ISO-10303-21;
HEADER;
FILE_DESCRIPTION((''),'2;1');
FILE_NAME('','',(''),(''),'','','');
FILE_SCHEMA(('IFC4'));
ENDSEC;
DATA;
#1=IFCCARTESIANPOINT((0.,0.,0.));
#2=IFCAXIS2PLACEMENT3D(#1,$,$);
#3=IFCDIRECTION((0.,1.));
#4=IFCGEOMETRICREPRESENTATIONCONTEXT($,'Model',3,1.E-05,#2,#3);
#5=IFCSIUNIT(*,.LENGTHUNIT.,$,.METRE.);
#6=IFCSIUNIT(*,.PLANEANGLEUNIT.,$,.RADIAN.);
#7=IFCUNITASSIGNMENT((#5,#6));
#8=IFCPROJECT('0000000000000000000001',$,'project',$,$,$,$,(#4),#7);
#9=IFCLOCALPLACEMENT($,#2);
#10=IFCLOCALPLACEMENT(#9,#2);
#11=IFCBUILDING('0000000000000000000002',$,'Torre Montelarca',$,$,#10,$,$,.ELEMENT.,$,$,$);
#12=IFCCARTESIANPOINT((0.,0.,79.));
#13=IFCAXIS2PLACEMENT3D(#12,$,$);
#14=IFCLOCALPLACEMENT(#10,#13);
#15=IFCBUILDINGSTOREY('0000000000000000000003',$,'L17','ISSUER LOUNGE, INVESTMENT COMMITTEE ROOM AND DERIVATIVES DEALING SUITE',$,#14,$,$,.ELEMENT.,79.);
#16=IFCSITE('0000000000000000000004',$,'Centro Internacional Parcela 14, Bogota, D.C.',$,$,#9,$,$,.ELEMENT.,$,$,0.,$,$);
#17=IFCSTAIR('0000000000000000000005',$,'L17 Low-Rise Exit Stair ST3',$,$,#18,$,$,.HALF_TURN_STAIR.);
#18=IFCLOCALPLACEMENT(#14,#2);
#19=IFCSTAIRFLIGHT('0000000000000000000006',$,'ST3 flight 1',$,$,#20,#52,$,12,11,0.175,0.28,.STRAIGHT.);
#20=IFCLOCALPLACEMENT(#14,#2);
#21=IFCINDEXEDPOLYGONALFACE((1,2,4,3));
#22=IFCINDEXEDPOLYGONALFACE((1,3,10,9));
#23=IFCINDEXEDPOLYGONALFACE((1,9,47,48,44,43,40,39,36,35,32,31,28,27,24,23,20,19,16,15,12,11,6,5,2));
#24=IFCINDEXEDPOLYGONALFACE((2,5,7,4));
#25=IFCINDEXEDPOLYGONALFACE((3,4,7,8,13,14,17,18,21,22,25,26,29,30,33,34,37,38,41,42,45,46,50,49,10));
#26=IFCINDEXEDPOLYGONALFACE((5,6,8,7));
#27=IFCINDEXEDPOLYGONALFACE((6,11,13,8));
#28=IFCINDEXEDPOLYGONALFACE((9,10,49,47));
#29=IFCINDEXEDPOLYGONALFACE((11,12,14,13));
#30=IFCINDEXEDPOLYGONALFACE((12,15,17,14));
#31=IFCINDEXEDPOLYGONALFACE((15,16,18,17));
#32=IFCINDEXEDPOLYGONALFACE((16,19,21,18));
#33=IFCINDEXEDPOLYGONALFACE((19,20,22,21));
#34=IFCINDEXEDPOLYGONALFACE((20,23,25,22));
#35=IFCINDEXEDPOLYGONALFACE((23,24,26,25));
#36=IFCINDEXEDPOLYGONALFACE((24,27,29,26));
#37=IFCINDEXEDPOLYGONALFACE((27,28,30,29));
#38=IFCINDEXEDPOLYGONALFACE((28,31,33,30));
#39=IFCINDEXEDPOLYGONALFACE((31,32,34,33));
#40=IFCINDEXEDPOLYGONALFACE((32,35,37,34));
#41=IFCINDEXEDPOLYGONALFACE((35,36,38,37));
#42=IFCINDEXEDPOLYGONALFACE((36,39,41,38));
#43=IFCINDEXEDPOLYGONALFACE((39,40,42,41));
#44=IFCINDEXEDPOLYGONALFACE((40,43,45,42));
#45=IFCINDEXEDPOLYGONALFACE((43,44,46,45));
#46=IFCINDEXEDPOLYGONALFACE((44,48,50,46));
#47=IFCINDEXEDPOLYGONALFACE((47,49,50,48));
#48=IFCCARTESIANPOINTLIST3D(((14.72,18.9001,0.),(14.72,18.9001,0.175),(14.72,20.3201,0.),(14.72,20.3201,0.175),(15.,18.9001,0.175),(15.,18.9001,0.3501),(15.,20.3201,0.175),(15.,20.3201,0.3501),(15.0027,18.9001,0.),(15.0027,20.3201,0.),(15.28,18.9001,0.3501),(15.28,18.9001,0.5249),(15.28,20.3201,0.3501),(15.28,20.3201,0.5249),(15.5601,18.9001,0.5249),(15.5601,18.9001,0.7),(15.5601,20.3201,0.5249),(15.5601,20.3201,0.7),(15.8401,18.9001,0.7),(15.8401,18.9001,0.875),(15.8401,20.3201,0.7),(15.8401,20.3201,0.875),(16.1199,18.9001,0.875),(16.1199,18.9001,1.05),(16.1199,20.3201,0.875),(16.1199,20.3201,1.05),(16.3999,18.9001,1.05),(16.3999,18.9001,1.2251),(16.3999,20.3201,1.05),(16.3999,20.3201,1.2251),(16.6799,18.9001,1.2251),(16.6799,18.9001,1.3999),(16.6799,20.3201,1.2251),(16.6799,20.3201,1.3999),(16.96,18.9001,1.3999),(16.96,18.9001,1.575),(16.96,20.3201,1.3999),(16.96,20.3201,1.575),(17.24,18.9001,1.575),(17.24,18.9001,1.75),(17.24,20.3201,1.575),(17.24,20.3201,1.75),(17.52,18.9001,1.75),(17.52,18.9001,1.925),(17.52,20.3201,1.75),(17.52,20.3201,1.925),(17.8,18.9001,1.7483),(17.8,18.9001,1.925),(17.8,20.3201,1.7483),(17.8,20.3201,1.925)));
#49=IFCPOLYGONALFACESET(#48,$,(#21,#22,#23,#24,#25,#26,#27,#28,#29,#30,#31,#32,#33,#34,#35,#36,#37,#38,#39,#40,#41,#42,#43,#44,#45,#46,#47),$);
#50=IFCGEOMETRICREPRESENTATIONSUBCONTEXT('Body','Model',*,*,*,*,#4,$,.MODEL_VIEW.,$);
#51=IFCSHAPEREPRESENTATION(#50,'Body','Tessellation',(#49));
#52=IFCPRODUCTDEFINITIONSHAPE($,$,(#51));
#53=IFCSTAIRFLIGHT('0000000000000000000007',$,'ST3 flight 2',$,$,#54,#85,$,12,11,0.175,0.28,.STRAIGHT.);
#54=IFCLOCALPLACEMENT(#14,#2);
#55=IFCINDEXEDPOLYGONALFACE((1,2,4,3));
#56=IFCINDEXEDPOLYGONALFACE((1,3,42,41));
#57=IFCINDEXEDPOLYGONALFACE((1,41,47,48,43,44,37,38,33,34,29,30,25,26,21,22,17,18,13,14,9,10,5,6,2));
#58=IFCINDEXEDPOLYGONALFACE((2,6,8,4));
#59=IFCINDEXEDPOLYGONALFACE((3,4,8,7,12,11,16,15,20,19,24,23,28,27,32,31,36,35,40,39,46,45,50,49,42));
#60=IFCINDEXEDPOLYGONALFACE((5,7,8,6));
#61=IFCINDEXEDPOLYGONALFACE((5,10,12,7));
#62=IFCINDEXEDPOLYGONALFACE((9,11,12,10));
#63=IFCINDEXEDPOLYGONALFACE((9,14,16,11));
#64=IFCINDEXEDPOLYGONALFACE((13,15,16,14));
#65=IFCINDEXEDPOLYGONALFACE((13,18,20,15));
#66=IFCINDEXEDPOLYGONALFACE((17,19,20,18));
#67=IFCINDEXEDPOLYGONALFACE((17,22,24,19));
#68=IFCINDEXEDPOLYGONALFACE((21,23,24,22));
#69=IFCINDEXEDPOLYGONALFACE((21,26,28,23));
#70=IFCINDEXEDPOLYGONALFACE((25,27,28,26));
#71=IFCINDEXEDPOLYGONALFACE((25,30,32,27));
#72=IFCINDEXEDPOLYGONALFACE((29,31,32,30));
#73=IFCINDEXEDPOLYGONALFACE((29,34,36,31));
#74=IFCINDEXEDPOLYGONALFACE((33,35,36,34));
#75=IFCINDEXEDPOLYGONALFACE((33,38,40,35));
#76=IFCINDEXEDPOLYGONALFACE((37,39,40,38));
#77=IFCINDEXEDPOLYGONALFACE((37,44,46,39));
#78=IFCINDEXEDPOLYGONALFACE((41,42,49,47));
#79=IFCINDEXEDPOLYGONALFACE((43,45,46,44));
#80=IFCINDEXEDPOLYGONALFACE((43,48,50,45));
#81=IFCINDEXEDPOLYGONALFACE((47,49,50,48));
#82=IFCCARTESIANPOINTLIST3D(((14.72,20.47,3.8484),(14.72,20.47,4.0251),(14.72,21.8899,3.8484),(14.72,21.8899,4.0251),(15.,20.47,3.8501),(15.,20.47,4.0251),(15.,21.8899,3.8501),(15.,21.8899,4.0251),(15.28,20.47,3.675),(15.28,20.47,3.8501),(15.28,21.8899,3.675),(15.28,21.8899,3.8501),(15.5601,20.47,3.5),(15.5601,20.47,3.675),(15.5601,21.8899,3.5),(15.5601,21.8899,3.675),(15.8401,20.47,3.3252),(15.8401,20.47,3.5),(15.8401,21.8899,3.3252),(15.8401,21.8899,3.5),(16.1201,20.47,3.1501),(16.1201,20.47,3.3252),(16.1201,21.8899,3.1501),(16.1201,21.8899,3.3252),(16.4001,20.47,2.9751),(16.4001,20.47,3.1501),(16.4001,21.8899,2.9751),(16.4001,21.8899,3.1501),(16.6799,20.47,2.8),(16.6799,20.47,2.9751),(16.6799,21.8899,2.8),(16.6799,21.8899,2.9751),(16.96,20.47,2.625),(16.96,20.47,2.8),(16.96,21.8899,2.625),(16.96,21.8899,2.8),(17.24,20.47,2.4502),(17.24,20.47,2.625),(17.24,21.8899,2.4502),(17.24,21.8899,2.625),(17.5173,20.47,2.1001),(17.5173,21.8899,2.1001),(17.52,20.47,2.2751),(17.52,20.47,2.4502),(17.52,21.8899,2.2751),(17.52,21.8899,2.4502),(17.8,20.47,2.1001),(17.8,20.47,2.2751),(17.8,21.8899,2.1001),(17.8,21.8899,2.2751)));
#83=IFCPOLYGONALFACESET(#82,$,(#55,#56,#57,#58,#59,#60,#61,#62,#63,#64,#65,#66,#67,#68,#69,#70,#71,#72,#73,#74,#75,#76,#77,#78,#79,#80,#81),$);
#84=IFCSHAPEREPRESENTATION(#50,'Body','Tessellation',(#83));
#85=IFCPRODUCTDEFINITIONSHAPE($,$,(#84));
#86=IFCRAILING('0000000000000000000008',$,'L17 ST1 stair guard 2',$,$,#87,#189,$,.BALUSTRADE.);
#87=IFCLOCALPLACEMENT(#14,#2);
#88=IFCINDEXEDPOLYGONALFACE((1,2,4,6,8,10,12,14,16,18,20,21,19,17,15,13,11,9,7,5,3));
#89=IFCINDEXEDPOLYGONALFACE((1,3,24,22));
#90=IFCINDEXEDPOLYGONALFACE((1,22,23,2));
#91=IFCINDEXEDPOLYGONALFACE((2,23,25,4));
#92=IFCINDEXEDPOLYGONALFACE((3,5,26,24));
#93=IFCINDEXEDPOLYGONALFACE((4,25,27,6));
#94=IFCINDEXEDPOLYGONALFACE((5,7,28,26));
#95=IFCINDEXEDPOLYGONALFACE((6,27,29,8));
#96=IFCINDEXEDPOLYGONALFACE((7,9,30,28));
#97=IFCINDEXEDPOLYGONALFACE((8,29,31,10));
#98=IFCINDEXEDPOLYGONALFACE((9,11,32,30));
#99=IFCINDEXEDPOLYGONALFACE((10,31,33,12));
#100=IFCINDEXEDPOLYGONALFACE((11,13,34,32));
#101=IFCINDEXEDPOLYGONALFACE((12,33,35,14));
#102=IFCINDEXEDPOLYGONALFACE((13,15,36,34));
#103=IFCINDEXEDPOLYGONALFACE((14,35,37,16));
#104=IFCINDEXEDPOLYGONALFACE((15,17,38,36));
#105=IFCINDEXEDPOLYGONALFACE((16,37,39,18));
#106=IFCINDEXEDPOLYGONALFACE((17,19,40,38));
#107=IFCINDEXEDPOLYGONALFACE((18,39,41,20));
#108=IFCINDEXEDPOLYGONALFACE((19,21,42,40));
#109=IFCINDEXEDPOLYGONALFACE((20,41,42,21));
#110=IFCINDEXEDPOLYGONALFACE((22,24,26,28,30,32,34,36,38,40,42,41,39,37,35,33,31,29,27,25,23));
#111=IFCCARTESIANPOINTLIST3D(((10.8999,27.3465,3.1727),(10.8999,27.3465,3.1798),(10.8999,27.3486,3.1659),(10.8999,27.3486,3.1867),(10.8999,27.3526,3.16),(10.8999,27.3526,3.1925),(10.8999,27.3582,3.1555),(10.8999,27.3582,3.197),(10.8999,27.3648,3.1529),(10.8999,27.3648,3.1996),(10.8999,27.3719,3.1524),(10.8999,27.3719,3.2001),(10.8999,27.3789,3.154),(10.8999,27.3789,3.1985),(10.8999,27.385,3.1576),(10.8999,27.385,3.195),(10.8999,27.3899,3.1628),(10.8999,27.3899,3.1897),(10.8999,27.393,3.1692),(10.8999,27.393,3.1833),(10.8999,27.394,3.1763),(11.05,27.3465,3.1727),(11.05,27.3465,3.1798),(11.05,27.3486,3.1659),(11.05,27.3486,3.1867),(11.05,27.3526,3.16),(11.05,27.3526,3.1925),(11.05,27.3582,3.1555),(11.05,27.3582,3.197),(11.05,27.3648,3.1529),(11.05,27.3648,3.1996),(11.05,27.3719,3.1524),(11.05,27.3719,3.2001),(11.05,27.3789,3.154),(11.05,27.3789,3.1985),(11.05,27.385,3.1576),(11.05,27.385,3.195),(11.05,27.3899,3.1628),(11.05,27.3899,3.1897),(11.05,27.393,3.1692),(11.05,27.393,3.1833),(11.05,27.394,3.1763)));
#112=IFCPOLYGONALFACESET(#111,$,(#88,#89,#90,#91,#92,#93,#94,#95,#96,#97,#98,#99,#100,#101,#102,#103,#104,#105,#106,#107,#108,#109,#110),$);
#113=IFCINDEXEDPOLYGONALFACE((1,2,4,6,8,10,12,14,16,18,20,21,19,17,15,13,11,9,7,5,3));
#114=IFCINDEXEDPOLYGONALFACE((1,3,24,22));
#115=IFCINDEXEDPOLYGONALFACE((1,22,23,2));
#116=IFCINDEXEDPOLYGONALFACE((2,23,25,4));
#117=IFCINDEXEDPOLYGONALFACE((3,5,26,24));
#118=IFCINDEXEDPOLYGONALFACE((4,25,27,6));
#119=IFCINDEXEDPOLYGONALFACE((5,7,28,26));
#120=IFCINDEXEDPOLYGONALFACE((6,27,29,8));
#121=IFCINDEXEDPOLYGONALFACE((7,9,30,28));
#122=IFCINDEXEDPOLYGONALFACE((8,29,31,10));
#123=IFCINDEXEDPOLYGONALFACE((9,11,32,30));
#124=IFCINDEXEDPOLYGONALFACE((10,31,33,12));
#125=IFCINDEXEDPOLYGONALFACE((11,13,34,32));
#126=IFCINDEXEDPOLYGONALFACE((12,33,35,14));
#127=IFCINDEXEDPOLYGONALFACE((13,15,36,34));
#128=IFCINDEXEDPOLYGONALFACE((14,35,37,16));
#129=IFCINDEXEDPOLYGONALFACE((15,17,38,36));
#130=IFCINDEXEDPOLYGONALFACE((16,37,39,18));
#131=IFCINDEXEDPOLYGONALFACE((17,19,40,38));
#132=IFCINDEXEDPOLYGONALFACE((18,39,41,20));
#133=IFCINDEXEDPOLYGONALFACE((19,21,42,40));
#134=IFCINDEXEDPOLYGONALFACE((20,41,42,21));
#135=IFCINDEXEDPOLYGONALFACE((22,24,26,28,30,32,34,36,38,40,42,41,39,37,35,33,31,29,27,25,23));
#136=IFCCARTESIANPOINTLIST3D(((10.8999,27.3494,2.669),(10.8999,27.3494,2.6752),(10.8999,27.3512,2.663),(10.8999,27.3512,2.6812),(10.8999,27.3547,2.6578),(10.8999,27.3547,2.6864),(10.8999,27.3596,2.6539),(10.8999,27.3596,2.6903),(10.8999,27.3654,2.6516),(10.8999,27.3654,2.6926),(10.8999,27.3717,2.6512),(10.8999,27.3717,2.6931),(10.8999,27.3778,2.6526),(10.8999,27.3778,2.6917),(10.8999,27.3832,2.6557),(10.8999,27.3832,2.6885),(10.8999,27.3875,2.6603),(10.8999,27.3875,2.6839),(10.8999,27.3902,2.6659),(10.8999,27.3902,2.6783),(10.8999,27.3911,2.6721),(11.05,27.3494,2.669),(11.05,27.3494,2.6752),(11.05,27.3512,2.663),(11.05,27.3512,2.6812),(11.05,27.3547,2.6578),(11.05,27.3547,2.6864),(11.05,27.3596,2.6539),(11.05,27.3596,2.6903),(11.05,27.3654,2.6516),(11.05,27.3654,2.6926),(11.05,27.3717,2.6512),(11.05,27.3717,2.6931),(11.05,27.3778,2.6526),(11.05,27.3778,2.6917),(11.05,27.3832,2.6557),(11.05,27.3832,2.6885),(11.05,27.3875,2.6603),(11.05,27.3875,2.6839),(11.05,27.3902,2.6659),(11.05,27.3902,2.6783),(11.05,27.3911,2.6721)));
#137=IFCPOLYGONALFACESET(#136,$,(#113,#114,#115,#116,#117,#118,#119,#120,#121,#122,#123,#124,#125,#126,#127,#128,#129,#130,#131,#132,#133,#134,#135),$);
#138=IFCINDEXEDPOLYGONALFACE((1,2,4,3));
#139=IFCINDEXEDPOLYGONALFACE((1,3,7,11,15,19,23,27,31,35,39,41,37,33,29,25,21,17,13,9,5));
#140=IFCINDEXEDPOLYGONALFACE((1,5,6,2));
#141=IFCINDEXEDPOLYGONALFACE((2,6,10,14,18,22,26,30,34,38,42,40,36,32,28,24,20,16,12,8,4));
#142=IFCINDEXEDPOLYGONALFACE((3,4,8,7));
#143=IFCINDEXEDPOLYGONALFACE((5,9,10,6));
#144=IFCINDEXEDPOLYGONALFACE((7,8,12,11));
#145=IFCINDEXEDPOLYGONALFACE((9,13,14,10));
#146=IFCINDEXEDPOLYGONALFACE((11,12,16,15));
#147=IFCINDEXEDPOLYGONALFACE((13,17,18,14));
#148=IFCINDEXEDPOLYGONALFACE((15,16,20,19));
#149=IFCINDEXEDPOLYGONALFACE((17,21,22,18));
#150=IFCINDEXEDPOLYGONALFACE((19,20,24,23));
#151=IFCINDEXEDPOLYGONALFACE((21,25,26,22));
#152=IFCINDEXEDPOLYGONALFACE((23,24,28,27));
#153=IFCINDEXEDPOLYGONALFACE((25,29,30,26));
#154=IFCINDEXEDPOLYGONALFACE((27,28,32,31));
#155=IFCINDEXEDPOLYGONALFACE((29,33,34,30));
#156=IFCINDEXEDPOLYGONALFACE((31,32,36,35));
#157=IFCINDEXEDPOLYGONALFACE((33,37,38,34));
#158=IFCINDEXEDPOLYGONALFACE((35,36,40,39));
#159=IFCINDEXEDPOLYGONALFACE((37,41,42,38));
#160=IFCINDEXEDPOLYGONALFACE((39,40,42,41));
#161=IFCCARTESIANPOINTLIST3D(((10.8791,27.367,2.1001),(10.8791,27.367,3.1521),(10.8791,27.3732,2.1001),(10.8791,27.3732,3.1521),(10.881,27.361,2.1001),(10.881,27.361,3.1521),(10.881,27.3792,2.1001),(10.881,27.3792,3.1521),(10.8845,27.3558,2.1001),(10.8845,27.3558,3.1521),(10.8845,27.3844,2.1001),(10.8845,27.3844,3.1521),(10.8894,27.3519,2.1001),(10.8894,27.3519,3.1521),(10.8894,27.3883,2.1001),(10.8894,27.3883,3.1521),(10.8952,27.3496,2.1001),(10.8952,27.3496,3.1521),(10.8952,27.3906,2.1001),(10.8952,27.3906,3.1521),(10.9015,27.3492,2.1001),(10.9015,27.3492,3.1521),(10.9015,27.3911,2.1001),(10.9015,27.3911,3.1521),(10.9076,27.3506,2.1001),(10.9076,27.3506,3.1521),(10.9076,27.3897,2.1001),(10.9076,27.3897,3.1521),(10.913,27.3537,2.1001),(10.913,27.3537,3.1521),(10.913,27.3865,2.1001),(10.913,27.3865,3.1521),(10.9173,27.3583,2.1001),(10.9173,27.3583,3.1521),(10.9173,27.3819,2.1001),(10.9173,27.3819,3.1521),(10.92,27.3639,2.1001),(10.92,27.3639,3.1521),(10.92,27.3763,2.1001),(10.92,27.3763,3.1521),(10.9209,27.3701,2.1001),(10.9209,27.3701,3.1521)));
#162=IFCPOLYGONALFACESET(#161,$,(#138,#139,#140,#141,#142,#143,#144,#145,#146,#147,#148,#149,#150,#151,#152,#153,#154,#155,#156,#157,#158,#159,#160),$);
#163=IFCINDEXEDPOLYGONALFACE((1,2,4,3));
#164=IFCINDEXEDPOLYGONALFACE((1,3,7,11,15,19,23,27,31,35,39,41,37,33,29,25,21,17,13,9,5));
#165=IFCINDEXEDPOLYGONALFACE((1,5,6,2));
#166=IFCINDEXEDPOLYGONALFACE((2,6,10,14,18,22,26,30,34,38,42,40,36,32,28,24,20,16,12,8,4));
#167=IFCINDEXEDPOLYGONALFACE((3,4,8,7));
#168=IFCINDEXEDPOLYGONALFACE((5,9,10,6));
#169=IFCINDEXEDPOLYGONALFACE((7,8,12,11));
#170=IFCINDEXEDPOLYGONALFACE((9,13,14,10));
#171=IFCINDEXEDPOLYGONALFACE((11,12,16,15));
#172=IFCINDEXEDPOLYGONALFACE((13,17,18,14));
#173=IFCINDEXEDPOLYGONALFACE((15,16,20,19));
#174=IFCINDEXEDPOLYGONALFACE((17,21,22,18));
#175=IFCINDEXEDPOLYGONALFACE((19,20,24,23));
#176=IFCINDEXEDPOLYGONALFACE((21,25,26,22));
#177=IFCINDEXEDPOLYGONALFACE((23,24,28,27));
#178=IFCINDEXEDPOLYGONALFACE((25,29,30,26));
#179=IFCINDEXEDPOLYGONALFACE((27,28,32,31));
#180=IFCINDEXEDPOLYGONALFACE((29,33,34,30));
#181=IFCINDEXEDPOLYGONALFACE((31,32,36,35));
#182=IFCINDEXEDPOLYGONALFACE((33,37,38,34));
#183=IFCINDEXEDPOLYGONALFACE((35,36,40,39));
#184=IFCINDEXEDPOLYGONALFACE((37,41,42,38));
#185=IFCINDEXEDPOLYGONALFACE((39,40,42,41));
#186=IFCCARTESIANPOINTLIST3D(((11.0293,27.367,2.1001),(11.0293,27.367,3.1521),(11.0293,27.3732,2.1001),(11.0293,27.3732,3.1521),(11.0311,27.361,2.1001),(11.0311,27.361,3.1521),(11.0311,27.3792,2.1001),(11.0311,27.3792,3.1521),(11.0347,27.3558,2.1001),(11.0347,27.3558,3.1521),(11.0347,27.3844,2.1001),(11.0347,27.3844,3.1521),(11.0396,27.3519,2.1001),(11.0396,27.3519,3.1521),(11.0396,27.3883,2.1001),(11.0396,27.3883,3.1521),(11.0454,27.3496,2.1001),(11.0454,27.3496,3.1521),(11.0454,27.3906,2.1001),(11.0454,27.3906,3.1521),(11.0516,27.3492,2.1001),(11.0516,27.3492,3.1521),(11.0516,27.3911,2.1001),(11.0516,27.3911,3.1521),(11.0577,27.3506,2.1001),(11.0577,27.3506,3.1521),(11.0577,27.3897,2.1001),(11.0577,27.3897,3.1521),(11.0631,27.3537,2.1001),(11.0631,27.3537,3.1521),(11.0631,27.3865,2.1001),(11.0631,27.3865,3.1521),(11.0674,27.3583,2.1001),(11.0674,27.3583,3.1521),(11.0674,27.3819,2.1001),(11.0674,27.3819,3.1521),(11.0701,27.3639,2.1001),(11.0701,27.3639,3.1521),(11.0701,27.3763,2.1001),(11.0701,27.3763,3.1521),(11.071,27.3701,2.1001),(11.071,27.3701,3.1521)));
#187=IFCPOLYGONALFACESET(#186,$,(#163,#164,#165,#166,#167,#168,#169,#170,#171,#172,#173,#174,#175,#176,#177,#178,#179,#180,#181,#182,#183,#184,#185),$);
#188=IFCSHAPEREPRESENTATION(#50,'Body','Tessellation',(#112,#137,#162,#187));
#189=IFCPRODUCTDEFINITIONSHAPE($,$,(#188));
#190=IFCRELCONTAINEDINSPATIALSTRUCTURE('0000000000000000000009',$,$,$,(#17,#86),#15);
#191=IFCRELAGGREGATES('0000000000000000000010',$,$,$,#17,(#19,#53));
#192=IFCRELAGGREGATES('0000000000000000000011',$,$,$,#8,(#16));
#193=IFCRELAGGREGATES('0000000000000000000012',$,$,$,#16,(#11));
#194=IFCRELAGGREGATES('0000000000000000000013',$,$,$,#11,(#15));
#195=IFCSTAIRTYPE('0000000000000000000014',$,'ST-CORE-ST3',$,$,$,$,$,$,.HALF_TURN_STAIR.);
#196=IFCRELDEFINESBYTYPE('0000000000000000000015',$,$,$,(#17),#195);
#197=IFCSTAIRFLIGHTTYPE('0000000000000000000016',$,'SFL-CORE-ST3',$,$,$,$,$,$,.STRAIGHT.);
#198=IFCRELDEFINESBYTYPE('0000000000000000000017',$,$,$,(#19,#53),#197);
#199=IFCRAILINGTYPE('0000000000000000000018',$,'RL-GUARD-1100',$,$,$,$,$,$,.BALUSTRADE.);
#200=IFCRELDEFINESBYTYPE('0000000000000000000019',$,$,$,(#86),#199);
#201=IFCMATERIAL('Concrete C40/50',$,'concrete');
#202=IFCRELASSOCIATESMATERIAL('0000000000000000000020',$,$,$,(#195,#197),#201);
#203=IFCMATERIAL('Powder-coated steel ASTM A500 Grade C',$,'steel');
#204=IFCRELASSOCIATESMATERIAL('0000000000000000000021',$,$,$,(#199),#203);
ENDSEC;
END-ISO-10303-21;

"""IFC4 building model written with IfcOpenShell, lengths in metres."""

from ifc_helpers import new_model, si_unit, direction, frame, origin, origin_2d, place, context, subcontext, project, spatial, polyline, circle, outline, extrude, material, type_object, element, aggregate, save


model = new_model("IFC4")

# Units and contexts
model_context = context("Model", 3, precision=1e-05, world=origin(), true_north=direction((0.0, 1.0)))
body_context = subcontext(model_context, "Body", "Model", "MODEL_VIEW")
ifc_project = project(units=[si_unit("LENGTHUNIT", "METRE"), si_unit("PLANEANGLEUNIT", "RADIAN")], contexts=[model_context])

# Site, building, storey
site_placement = place(None, origin())
site = spatial("IfcSite", under=ifc_project, at=site_placement, Name="Centro Internacional Parcela 14, Bogota, D.C.", CompositionType="ELEMENT", RefElevation=0.0)
building_placement = place(site_placement, origin())
building = spatial("IfcBuilding", under=site, at=building_placement, Name="Torre Montelarca", CompositionType="ELEMENT")
storey_placement = place(building_placement, frame((0.0, 0.0, 79.0)))
storey = spatial("IfcBuildingStorey", under=building, at=storey_placement, Name="L17", Description="ISSUER LOUNGE, INVESTMENT COMMITTEE ROOM AND DERIVATIVES DEALING SUITE", CompositionType="ELEMENT", Elevation=79.0)

# Shared definitions
ifc_material_1 = material(Name="Concrete C40/50", Category="concrete")

# Stair, stair flights
stair_type = type_object("IfcStairType", Name="ST-CORE-ST3", PredefinedType="HALF_TURN_STAIR", material=ifc_material_1)
stair_placement = place(storey_placement, origin())
stair = element("IfcStair", 1, at=stair_placement, inside=storey, type_object=stair_type, Name="L17 Low-Rise Exit Stair ST3", PredefinedType="HALF_TURN_STAIR")
stair_flight_type = type_object("IfcStairFlightType", Name="SFL-CORE-ST3", PredefinedType="STRAIGHT", material=ifc_material_1)
stair_flight_1_placement = place(storey_placement, frame((14.72, 19.6101, 0.0), z_axis=(0.0, 0.0, 1.0), x_axis=(1.0, 0.0, 0.0)))
stair_flight_1 = element("IfcStairFlight", 2, at=stair_flight_1_placement, type_object=stair_flight_type, Name="ST3 flight 1", NumberOfRisers=12, NumberOfTreads=11, PredefinedType="STRAIGHT", RiserHeight=0.175, TreadLength=0.28, context=body_context, shape_type="SweptSolid", body=[
    extrude(outline(polyline([(0.0, 0.0), (0.0, 0.175), (0.28, 0.175), (0.28, 0.3501), (0.5601, 0.3501), (0.5601, 0.5249), (0.8401, 0.5249), (0.8401, 0.7), (1.1201, 0.7), (1.1201, 0.875), (1.3999, 0.875), (1.3999, 1.05), (1.6799, 1.05), (1.6799, 1.2251), (1.96, 1.2251), (1.96, 1.3999), (2.24, 1.3999), (2.24, 1.575), (2.52, 1.575), (2.52, 1.75), (2.8, 1.75), (2.8, 1.925), (3.0801, 1.925), (3.0801, 2.1001), (3.0801, 1.7483), (0.2827, 0.0), (0.0, 0.0)])), frame((0.0, 0.71, 0.0), z_axis=(0.0, -1.0, 0.0), x_axis=(1.0, 0.0, 0.0)), (0.0, 0.0, 1.0), 1.4199),
])
stair_flight_2_placement = place(storey_placement, frame((17.8, 21.1799, 2.1001), z_axis=(0.0, 0.0, 1.0), x_axis=(-1.0, 0.0, 0.0)))
stair_flight_2 = element("IfcStairFlight", 3, at=stair_flight_2_placement, type_object=stair_flight_type, Name="ST3 flight 2", NumberOfRisers=12, NumberOfTreads=11, PredefinedType="STRAIGHT", RiserHeight=0.175, TreadLength=0.28, context=body_context, shape_type="SweptSolid", body=[
    extrude(outline(polyline([(0.0, 0.0), (0.0, 0.175), (0.28, 0.175), (0.28, 0.3501), (0.5601, 0.3501), (0.5601, 0.5249), (0.8401, 0.5249), (0.8401, 0.7), (1.1201, 0.7), (1.1201, 0.875), (1.3999, 0.875), (1.3999, 1.05), (1.6799, 1.05), (1.6799, 1.2251), (1.96, 1.2251), (1.96, 1.3999), (2.24, 1.3999), (2.24, 1.575), (2.52, 1.575), (2.52, 1.75), (2.8, 1.75), (2.8, 1.925), (3.0801, 1.925), (3.0801, 2.1001), (3.0801, 1.7483), (0.2827, 0.0), (0.0, 0.0)])), frame((0.0, 0.71, 0.0), z_axis=(0.0, -1.0, 0.0), x_axis=(1.0, 0.0, 0.0)), (0.0, 0.0, 1.0), 1.4199),
])
aggregate(stair, [stair_flight_1, stair_flight_2])

# Railing
ifc_material_2 = material(Name="Powder-coated steel ASTM A500 Grade C", Category="steel")
railing_type_1 = type_object("IfcRailingType", Name="RL-GUARD-1100", PredefinedType="BALUSTRADE", material=ifc_material_2)
railing_1_placement = place(storey_placement, frame((10.8999, 27.3701, 2.1001)))
element("IfcRailing", 4, at=railing_1_placement, inside=storey, type_object=railing_type_1, Name="L17 ST1 stair guard 2", PredefinedType="BALUSTRADE", context=body_context, shape_type="SweptSolid", body=[
    extrude(circle(Radius=0.0239, at=origin_2d()), frame((0.0, 0.0, 1.0762), z_axis=(1.0, 0.0, 0.0), x_axis=(0.0, 1.0, 0.0)), (0.0, 0.0, 1.0), 0.1501),
    extrude(circle(Radius=0.021, at=origin_2d()), frame((0.0, 0.0, 0.572), z_axis=(1.0, 0.0, 0.0), x_axis=(0.0, 1.0, 0.0)), (0.0, 0.0, 1.0), 0.1501),
    extrude(circle(Radius=0.021, at=origin_2d()), origin(), (0.0, 0.0, 1.0), 1.052),
    extrude(circle(Radius=0.021, at=origin_2d()), frame((0.1501, 0.0, 0.0)), (0.0, 0.0, 1.0), 1.052),
])

save(model, "model.ifc")
